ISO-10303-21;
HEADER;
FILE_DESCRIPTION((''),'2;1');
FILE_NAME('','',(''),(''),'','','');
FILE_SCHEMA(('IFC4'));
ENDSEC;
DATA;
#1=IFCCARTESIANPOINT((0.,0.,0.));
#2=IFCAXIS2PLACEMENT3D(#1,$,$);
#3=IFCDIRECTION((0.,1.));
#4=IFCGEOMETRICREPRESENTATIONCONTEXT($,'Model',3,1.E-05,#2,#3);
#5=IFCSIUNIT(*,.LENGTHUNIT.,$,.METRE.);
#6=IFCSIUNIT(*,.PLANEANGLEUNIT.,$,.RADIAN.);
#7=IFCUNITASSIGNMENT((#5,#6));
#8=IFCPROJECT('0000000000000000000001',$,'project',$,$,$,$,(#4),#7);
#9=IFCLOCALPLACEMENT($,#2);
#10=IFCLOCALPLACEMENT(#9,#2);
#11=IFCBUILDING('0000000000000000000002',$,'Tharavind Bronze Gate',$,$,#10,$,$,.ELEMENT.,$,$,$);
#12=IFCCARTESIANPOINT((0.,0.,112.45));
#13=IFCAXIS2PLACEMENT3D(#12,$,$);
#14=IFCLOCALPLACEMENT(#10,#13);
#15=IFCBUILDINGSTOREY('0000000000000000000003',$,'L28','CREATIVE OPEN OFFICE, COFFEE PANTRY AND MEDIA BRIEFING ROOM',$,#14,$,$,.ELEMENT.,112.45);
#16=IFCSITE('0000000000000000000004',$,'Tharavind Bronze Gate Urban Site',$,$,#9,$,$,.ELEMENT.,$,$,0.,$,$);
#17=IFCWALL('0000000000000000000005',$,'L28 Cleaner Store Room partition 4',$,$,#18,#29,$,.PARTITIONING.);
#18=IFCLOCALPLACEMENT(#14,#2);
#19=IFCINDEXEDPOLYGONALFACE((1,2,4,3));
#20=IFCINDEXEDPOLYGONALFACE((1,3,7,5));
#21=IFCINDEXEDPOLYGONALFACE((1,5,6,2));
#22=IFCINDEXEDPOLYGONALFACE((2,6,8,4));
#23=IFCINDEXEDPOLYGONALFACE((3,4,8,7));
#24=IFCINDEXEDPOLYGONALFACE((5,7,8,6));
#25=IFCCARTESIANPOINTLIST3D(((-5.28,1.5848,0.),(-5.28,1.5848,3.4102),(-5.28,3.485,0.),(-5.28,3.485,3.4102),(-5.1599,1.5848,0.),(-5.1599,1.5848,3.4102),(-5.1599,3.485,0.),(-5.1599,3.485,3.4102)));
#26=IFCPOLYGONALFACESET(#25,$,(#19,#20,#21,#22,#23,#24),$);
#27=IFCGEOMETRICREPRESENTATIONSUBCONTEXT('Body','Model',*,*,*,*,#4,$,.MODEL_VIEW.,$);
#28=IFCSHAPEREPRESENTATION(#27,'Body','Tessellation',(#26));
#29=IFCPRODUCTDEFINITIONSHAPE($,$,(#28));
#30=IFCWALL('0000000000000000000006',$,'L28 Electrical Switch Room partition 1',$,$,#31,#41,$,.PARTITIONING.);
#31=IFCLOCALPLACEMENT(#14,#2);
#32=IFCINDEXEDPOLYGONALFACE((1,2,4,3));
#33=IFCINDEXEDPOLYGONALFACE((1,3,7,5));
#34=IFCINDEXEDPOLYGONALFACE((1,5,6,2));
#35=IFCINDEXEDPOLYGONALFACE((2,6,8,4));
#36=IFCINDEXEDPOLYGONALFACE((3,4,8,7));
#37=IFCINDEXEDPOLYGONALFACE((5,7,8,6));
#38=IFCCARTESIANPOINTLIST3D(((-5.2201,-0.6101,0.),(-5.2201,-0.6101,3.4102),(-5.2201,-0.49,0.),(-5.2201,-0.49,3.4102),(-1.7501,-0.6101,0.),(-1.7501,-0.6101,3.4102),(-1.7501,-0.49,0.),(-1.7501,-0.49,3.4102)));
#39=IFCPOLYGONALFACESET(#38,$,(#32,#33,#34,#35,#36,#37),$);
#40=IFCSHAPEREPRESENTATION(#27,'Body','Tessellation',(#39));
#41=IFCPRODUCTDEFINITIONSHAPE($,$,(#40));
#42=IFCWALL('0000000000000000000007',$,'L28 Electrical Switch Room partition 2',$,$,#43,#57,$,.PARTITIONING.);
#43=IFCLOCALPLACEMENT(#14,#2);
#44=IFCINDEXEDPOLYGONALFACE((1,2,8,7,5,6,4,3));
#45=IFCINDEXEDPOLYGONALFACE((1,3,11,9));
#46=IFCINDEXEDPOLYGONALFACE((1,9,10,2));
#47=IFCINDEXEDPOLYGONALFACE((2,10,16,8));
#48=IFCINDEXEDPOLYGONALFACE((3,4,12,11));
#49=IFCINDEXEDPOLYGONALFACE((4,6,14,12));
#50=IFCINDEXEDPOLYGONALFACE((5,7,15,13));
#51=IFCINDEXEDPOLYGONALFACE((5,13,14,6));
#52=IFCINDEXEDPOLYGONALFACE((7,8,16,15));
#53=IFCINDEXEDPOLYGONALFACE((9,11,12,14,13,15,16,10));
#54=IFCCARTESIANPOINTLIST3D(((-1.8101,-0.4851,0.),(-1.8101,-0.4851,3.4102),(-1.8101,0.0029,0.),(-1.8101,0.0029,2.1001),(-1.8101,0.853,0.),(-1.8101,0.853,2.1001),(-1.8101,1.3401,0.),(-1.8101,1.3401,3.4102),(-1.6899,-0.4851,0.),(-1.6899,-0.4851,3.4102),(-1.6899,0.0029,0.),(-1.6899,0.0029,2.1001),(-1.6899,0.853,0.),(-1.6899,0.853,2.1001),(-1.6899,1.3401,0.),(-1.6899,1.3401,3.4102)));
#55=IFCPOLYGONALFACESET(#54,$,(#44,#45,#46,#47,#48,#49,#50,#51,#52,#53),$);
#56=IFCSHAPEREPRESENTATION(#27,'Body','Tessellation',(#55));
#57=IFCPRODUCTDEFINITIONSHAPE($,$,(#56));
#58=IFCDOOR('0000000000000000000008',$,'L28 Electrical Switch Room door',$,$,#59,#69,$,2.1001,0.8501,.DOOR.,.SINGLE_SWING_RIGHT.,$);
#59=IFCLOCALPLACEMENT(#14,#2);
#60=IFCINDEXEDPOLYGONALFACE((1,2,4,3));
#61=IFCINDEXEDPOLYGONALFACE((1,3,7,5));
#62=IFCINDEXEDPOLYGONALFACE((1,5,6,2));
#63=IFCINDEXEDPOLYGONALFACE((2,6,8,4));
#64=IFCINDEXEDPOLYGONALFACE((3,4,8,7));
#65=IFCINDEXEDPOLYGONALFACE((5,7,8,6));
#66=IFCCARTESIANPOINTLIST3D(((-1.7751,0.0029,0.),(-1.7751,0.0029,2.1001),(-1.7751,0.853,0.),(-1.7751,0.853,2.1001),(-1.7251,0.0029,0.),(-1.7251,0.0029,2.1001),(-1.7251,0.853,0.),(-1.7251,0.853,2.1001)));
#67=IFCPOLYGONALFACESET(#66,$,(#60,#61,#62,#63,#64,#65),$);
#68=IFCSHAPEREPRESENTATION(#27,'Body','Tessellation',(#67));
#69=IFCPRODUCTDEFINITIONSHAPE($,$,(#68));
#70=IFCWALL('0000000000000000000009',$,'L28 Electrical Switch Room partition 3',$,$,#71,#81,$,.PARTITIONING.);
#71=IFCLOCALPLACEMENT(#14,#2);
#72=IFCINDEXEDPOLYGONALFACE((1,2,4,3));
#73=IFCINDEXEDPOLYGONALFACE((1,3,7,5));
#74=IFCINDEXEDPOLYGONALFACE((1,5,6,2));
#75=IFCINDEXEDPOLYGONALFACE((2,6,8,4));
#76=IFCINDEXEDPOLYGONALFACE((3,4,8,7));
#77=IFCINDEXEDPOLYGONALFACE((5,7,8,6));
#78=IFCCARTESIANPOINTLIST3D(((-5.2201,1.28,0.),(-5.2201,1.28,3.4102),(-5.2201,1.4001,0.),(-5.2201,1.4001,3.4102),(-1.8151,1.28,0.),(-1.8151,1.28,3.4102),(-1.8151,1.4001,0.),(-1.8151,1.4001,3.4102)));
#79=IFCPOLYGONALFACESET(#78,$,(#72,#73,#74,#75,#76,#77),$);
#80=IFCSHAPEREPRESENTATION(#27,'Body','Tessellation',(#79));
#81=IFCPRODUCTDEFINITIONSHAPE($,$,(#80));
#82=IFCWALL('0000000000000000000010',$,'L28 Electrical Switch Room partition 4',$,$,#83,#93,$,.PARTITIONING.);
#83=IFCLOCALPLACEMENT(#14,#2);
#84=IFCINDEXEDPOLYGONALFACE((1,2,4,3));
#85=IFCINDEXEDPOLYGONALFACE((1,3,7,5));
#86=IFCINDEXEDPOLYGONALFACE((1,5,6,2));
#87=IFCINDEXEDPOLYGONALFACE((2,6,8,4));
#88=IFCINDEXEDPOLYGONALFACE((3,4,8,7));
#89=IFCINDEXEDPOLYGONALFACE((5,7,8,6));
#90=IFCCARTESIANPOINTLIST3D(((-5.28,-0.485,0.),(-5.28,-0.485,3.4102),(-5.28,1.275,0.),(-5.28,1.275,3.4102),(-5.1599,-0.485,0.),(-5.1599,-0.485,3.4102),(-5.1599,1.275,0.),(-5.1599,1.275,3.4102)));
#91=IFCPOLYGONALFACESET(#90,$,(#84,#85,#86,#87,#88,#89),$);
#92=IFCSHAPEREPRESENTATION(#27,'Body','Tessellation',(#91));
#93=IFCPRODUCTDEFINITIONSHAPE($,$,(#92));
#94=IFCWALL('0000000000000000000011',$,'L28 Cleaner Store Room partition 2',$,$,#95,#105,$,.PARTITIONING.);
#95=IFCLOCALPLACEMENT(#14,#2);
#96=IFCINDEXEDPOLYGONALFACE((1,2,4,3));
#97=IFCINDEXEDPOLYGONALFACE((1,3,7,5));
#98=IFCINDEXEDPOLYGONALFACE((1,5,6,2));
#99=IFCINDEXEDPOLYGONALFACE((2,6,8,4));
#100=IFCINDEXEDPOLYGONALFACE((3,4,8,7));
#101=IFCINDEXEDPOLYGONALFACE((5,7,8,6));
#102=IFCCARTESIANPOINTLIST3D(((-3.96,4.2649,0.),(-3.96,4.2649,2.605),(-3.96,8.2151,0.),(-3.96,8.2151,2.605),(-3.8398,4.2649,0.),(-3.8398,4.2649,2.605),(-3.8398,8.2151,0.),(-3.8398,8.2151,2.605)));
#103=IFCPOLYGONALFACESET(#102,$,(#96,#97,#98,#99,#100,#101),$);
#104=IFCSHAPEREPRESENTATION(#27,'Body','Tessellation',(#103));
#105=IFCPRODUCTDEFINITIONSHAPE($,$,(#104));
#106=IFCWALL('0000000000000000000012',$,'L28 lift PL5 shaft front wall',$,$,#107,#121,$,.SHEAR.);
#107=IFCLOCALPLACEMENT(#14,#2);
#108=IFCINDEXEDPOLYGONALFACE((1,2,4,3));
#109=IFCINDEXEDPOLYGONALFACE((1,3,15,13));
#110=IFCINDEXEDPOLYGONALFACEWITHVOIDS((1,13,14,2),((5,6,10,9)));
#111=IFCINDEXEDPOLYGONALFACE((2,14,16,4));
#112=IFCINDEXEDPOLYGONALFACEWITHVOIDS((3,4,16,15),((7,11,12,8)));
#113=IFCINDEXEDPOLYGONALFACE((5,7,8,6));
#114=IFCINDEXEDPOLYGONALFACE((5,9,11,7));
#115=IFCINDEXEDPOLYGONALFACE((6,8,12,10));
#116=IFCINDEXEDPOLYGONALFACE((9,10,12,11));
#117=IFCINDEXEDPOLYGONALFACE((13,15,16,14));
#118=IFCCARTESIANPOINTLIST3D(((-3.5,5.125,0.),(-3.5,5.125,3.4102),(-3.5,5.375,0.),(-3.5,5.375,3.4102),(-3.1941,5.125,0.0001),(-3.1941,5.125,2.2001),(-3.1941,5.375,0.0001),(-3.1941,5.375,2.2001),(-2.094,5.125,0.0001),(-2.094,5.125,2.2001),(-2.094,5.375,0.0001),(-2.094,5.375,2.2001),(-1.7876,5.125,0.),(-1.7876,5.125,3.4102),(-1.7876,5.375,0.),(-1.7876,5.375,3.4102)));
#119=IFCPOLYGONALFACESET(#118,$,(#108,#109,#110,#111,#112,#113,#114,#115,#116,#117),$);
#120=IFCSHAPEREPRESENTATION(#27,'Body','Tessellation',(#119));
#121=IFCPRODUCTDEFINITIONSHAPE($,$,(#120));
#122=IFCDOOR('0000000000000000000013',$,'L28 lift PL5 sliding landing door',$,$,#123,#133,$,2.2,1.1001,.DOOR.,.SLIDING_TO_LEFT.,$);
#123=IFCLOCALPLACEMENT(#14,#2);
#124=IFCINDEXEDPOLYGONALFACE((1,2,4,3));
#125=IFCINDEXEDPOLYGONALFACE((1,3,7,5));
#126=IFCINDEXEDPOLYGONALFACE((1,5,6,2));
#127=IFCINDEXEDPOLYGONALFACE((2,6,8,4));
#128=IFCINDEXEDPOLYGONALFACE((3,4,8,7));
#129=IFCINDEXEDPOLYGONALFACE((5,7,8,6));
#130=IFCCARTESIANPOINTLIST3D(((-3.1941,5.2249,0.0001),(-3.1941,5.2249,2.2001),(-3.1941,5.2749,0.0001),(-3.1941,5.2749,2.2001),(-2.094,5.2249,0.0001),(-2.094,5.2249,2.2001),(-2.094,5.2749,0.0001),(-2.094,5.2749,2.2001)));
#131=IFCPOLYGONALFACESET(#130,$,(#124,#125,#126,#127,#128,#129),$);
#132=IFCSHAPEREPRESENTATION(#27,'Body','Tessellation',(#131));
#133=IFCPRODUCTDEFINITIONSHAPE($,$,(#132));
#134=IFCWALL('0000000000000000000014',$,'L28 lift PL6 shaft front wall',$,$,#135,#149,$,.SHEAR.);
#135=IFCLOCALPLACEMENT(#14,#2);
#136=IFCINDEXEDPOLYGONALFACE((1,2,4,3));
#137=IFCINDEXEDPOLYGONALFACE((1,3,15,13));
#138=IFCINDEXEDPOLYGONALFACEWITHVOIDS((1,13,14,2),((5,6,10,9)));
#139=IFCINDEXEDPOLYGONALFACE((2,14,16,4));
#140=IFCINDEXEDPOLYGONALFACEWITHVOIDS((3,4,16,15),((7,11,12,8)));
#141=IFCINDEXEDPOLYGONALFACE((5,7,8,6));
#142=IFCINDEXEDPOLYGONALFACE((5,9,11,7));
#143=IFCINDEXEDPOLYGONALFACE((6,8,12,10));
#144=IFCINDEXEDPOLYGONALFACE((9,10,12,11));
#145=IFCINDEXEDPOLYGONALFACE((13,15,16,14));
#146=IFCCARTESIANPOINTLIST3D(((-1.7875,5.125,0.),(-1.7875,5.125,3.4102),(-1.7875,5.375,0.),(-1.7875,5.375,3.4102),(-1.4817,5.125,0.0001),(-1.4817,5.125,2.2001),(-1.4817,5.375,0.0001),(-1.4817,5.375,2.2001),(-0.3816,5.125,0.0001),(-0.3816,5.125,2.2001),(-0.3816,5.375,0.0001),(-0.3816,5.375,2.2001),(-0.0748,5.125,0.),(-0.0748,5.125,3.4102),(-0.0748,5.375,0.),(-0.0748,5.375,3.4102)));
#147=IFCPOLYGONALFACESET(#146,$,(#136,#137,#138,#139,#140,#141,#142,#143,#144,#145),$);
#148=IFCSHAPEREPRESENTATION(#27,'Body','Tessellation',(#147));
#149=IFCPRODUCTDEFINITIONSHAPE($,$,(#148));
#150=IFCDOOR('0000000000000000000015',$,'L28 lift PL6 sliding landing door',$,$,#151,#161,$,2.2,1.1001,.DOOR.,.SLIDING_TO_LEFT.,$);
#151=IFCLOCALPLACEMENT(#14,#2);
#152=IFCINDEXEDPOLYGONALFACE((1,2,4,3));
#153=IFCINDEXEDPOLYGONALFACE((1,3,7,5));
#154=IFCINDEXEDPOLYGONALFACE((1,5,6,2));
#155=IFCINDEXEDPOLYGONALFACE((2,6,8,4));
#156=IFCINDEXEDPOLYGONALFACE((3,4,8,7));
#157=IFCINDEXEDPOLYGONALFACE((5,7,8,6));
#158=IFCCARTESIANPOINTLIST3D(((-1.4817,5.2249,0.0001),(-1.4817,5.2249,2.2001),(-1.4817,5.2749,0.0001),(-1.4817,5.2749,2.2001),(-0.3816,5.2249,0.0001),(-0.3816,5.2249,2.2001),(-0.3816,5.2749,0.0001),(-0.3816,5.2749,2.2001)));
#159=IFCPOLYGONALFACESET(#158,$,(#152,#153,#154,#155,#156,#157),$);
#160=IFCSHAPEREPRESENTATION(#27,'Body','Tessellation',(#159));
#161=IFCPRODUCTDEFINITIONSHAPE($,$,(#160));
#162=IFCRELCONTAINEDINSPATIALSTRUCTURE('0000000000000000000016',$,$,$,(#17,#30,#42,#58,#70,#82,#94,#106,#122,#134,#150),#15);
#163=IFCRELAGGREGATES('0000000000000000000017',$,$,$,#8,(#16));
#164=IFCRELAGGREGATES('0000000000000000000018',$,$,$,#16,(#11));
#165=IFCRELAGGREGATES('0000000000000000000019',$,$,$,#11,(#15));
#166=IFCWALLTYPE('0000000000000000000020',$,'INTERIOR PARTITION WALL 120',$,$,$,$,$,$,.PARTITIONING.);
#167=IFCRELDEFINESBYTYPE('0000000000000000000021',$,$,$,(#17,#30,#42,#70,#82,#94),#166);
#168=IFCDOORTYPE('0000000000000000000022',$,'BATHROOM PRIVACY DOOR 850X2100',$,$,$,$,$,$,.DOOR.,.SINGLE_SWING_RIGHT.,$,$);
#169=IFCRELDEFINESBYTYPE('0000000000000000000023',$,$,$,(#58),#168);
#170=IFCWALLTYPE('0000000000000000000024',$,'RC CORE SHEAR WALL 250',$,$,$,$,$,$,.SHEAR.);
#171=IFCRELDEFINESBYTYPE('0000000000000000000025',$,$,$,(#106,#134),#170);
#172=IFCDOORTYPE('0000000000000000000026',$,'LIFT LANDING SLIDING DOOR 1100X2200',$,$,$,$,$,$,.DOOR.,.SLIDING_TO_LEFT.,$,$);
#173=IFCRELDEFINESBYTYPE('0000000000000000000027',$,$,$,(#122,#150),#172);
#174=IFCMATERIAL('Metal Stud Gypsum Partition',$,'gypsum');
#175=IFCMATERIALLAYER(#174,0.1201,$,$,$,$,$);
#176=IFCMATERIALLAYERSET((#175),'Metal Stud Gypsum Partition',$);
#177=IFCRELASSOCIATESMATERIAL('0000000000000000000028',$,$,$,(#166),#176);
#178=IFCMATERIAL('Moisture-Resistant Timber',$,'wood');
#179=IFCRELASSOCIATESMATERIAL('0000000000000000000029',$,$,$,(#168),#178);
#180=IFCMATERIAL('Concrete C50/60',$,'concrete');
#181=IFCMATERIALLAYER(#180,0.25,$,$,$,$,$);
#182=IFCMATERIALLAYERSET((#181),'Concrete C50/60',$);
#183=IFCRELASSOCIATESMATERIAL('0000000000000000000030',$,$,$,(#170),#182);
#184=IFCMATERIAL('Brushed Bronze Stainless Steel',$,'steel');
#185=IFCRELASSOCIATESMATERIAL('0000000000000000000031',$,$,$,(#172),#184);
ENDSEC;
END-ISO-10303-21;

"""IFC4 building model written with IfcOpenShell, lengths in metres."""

from ifc_helpers import new_model, si_unit, direction, frame, frame_2d, origin, place, context, subcontext, project, spatial, rectangle, extrude, material, layer, layer_set, type_object, element, fill, save


model = new_model("IFC4")

# Units and contexts
model_context = context("Model", 3, precision=1e-05, world=origin(), true_north=direction((0.0, 1.0)))
body_context = subcontext(model_context, "Body", "Model", "MODEL_VIEW")
ifc_project = project(units=[si_unit("LENGTHUNIT", "METRE"), si_unit("PLANEANGLEUNIT", "RADIAN")], contexts=[model_context])

# Site, building, storey
site_placement = place(None, origin())
site = spatial("IfcSite", under=ifc_project, at=site_placement, Name="Tharavind Bronze Gate Urban Site", CompositionType="ELEMENT", RefElevation=0.0)
building_placement = place(site_placement, origin())
building = spatial("IfcBuilding", under=site, at=building_placement, Name="Tharavind Bronze Gate", CompositionType="ELEMENT")
storey_placement = place(building_placement, frame((0.0, 0.0, 112.45)))
storey = spatial("IfcBuildingStorey", under=building, at=storey_placement, Name="L28", Description="CREATIVE OPEN OFFICE, COFFEE PANTRY AND MEDIA BRIEFING ROOM", CompositionType="ELEMENT", Elevation=112.45)

# Shared definitions
ifc_material_1 = material(Name="Metal Stud Gypsum Partition", Category="gypsum")
ifc_layer_1 = layer(ifc_material_1, 0.1201)
ifc_layer_set_1 = layer_set([ifc_layer_1], Name="Metal Stud Gypsum Partition")
wall_type_1 = type_object("IfcWallType", Name="INTERIOR PARTITION WALL 120", PredefinedType="PARTITIONING", material=ifc_layer_set_1)

# Shared definitions
ifc_material_2 = material(Name="Moisture-Resistant Timber", Category="wood")
door_type_1 = type_object("IfcDoorType", Name="BATHROOM PRIVACY DOOR 850X2100", OperationType="SINGLE_SWING_RIGHT", PredefinedType="DOOR", material=ifc_material_2)

# Walls
wall_1_placement = place(storey_placement, frame((-5.22, 3.4851, 0.0), z_axis=(0.0, 0.0, 1.0), x_axis=(0.0, -1.0, 0.0)))
element("IfcWall", 1, at=wall_1_placement, inside=storey, type_object=wall_type_1, Name="L28 Cleaner Store Room partition 4", PredefinedType="PARTITIONING", context=body_context, shape_type="SweptSolid", body=[
    extrude(rectangle(XDim=1.9001, YDim=0.1201, at=frame_2d((0.9502, 0.0))), origin(), (0.0, 0.0, 1.0), 3.4102),
])
wall_2_placement = place(storey_placement, frame((-5.22, -0.55, 0.0), z_axis=(0.0, 0.0, 1.0), x_axis=(1.0, 0.0, 0.0)))
element("IfcWall", 2, at=wall_2_placement, inside=storey, type_object=wall_type_1, Name="L28 Electrical Switch Room partition 1", PredefinedType="PARTITIONING", context=body_context, shape_type="SweptSolid", body=[
    extrude(rectangle(XDim=3.47, YDim=0.1201, at=frame_2d((1.7349, 0.0))), origin(), (0.0, 0.0, 1.0), 3.4102),
])

# Wall, opening, door
wall_3_placement = place(storey_placement, frame((-1.75, -0.4851, 0.0), z_axis=(0.0, 0.0, 1.0), x_axis=(0.0, 1.0, 0.0)))
wall_3 = element("IfcWall", 3, at=wall_3_placement, inside=storey, type_object=wall_type_1, Name="L28 Electrical Switch Room partition 2", PredefinedType="PARTITIONING", context=body_context, shape_type="SweptSolid", body=[
    extrude(rectangle(XDim=1.8252, YDim=0.1201, at=frame_2d((0.9126, 0.0))), origin(), (0.0, 0.0, 1.0), 3.4102),
])
opening_1_placement = place(wall_3_placement, frame((0.488, 0.0, 0.0)))
opening_1 = element("IfcOpeningElement", 4, at=opening_1_placement, cuts=wall_3, PredefinedType="OPENING", context=body_context, shape_type="SweptSolid", body=[
    extrude(rectangle(XDim=0.8501, YDim=2.1001, at=frame_2d((0.425, 1.05))), frame((0.0, 0.0701, 0.0), z_axis=(0.0, -1.0, 0.0), x_axis=(1.0, 0.0, 0.0)), (0.0, 0.0, 1.0), 0.1401),
])
door_1_placement = place(opening_1_placement, frame((0.8501, 0.0, 0.0), z_axis=(0.0, 0.0, 1.0), x_axis=(-1.0, 0.0, 0.0)))
door_1 = element("IfcDoor", 5, at=door_1_placement, inside=storey, type_object=door_type_1, Name="L28 Electrical Switch Room door", OperationType="SINGLE_SWING_RIGHT", OverallHeight=2.1001, OverallWidth=0.8501, PredefinedType="DOOR", context=body_context, shape_type="SweptSolid", body=[
    extrude(rectangle(XDim=0.8501, YDim=2.1001, at=frame_2d((0.425, 1.05))), frame((0.0, 0.0249, 0.0), z_axis=(0.0, -1.0, 0.0), x_axis=(1.0, 0.0, 0.0)), (0.0, 0.0, 1.0), 0.05),
])
fill(opening_1, door_1)

# Walls
wall_4_placement = place(storey_placement, frame((-1.8149, 1.3401, 0.0), z_axis=(0.0, 0.0, 1.0), x_axis=(-1.0, 0.0, 0.0)))
element("IfcWall", 6, at=wall_4_placement, inside=storey, type_object=wall_type_1, Name="L28 Electrical Switch Room partition 3", PredefinedType="PARTITIONING", context=body_context, shape_type="SweptSolid", body=[
    extrude(rectangle(XDim=3.405, YDim=0.1201, at=frame_2d((1.7026, 0.0))), origin(), (0.0, 0.0, 1.0), 3.4102),
])
wall_5_placement = place(storey_placement, frame((-5.22, 1.2749, 0.0), z_axis=(0.0, 0.0, 1.0), x_axis=(0.0, -1.0, 0.0)))
element("IfcWall", 7, at=wall_5_placement, inside=storey, type_object=wall_type_1, Name="L28 Electrical Switch Room partition 4", PredefinedType="PARTITIONING", context=body_context, shape_type="SweptSolid", body=[
    extrude(rectangle(XDim=1.76, YDim=0.1201, at=frame_2d((0.8799, 0.0))), origin(), (0.0, 0.0, 1.0), 3.4102),
])
wall_6_placement = place(storey_placement, frame((-3.8999, 4.2649, 0.0), z_axis=(0.0, 0.0, 1.0), x_axis=(0.0, 1.0, 0.0)))
element("IfcWall", 8, at=wall_6_placement, inside=storey, type_object=wall_type_1, Name="L28 Cleaner Store Room partition 2", PredefinedType="PARTITIONING", context=body_context, shape_type="SweptSolid", body=[
    extrude(rectangle(XDim=3.9502, YDim=0.1201, at=frame_2d((1.9751, 0.0))), origin(), (0.0, 0.0, 1.0), 2.605),
])

# Walls, openings, doors
ifc_material_3 = material(Name="Concrete C50/60", Category="concrete")
ifc_layer_2 = layer(ifc_material_3, 0.25)
ifc_layer_set_2 = layer_set([ifc_layer_2], Name="Concrete C50/60")
wall_type_2 = type_object("IfcWallType", Name="RC CORE SHEAR WALL 250", PredefinedType="SHEAR", material=ifc_layer_set_2)
wall_7_placement = place(storey_placement, frame((-3.5, 5.25, 0.0), z_axis=(0.0, 0.0, 1.0), x_axis=(1.0, 0.0, 0.0)))
wall_7 = element("IfcWall", 9, at=wall_7_placement, inside=storey, type_object=wall_type_2, Name="L28 lift PL5 shaft front wall", PredefinedType="SHEAR", context=body_context, shape_type="SweptSolid", body=[
    extrude(rectangle(XDim=1.7124, YDim=0.25, at=frame_2d((0.8562, 0.0))), origin(), (0.0, 0.0, 1.0), 3.4102),
])
opening_2_placement = place(wall_7_placement, frame((0.3059, 0.0, 0.0)))
opening_2 = element("IfcOpeningElement", 10, at=opening_2_placement, cuts=wall_7, PredefinedType="OPENING", context=body_context, shape_type="SweptSolid", body=[
    extrude(rectangle(XDim=1.1001, YDim=2.2, at=frame_2d((0.55, 1.1001))), frame((0.0, 0.135, 0.0), z_axis=(0.0, -1.0, 0.0), x_axis=(1.0, 0.0, 0.0)), (0.0, 0.0, 1.0), 0.27),
])
ifc_material_4 = material(Name="Brushed Bronze Stainless Steel", Category="steel")
door_type_2 = type_object("IfcDoorType", Name="LIFT LANDING SLIDING DOOR 1100X2200", OperationType="SLIDING_TO_LEFT", PredefinedType="DOOR", material=ifc_material_4)
door_2_placement = place(opening_2_placement, origin())
door_2 = element("IfcDoor", 11, at=door_2_placement, inside=storey, type_object=door_type_2, Name="L28 lift PL5 sliding landing door", OperationType="SLIDING_TO_LEFT", OverallHeight=2.2, OverallWidth=1.1001, PredefinedType="DOOR", context=body_context, shape_type="SweptSolid", body=[
    extrude(rectangle(XDim=1.1001, YDim=2.2, at=frame_2d((0.55, 1.1001))), frame((0.0, 0.0249, 0.0), z_axis=(0.0, -1.0, 0.0), x_axis=(1.0, 0.0, 0.0)), (0.0, 0.0, 1.0), 0.05),
])
fill(opening_2, door_2)
wall_8_placement = place(storey_placement, frame((-1.7876, 5.25, 0.0), z_axis=(0.0, 0.0, 1.0), x_axis=(1.0, 0.0, 0.0)))
wall_8 = element("IfcWall", 12, at=wall_8_placement, inside=storey, type_object=wall_type_2, Name="L28 lift PL6 shaft front wall", PredefinedType="SHEAR", context=body_context, shape_type="SweptSolid", body=[
    extrude(rectangle(XDim=1.7126, YDim=0.25, at=frame_2d((0.8564, 0.0))), origin(), (0.0, 0.0, 1.0), 3.4102),
])
opening_3_placement = place(wall_8_placement, frame((0.3059, 0.0, 0.0)))
opening_3 = element("IfcOpeningElement", 13, at=opening_3_placement, cuts=wall_8, PredefinedType="OPENING", context=body_context, shape_type="SweptSolid", body=[
    extrude(rectangle(XDim=1.1001, YDim=2.2, at=frame_2d((0.55, 1.1001))), frame((0.0, 0.135, 0.0), z_axis=(0.0, -1.0, 0.0), x_axis=(1.0, 0.0, 0.0)), (0.0, 0.0, 1.0), 0.27),
])
door_3_placement = place(opening_3_placement, origin())
door_3 = element("IfcDoor", 14, at=door_3_placement, inside=storey, type_object=door_type_2, Name="L28 lift PL6 sliding landing door", OperationType="SLIDING_TO_LEFT", OverallHeight=2.2, OverallWidth=1.1001, PredefinedType="DOOR", context=body_context, shape_type="SweptSolid", body=[
    extrude(rectangle(XDim=1.1001, YDim=2.2, at=frame_2d((0.55, 1.1001))), frame((0.0, 0.0249, 0.0), z_axis=(0.0, -1.0, 0.0), x_axis=(1.0, 0.0, 0.0)), (0.0, 0.0, 1.0), 0.05),
])
fill(opening_3, door_3)

save(model, "model.ifc")
